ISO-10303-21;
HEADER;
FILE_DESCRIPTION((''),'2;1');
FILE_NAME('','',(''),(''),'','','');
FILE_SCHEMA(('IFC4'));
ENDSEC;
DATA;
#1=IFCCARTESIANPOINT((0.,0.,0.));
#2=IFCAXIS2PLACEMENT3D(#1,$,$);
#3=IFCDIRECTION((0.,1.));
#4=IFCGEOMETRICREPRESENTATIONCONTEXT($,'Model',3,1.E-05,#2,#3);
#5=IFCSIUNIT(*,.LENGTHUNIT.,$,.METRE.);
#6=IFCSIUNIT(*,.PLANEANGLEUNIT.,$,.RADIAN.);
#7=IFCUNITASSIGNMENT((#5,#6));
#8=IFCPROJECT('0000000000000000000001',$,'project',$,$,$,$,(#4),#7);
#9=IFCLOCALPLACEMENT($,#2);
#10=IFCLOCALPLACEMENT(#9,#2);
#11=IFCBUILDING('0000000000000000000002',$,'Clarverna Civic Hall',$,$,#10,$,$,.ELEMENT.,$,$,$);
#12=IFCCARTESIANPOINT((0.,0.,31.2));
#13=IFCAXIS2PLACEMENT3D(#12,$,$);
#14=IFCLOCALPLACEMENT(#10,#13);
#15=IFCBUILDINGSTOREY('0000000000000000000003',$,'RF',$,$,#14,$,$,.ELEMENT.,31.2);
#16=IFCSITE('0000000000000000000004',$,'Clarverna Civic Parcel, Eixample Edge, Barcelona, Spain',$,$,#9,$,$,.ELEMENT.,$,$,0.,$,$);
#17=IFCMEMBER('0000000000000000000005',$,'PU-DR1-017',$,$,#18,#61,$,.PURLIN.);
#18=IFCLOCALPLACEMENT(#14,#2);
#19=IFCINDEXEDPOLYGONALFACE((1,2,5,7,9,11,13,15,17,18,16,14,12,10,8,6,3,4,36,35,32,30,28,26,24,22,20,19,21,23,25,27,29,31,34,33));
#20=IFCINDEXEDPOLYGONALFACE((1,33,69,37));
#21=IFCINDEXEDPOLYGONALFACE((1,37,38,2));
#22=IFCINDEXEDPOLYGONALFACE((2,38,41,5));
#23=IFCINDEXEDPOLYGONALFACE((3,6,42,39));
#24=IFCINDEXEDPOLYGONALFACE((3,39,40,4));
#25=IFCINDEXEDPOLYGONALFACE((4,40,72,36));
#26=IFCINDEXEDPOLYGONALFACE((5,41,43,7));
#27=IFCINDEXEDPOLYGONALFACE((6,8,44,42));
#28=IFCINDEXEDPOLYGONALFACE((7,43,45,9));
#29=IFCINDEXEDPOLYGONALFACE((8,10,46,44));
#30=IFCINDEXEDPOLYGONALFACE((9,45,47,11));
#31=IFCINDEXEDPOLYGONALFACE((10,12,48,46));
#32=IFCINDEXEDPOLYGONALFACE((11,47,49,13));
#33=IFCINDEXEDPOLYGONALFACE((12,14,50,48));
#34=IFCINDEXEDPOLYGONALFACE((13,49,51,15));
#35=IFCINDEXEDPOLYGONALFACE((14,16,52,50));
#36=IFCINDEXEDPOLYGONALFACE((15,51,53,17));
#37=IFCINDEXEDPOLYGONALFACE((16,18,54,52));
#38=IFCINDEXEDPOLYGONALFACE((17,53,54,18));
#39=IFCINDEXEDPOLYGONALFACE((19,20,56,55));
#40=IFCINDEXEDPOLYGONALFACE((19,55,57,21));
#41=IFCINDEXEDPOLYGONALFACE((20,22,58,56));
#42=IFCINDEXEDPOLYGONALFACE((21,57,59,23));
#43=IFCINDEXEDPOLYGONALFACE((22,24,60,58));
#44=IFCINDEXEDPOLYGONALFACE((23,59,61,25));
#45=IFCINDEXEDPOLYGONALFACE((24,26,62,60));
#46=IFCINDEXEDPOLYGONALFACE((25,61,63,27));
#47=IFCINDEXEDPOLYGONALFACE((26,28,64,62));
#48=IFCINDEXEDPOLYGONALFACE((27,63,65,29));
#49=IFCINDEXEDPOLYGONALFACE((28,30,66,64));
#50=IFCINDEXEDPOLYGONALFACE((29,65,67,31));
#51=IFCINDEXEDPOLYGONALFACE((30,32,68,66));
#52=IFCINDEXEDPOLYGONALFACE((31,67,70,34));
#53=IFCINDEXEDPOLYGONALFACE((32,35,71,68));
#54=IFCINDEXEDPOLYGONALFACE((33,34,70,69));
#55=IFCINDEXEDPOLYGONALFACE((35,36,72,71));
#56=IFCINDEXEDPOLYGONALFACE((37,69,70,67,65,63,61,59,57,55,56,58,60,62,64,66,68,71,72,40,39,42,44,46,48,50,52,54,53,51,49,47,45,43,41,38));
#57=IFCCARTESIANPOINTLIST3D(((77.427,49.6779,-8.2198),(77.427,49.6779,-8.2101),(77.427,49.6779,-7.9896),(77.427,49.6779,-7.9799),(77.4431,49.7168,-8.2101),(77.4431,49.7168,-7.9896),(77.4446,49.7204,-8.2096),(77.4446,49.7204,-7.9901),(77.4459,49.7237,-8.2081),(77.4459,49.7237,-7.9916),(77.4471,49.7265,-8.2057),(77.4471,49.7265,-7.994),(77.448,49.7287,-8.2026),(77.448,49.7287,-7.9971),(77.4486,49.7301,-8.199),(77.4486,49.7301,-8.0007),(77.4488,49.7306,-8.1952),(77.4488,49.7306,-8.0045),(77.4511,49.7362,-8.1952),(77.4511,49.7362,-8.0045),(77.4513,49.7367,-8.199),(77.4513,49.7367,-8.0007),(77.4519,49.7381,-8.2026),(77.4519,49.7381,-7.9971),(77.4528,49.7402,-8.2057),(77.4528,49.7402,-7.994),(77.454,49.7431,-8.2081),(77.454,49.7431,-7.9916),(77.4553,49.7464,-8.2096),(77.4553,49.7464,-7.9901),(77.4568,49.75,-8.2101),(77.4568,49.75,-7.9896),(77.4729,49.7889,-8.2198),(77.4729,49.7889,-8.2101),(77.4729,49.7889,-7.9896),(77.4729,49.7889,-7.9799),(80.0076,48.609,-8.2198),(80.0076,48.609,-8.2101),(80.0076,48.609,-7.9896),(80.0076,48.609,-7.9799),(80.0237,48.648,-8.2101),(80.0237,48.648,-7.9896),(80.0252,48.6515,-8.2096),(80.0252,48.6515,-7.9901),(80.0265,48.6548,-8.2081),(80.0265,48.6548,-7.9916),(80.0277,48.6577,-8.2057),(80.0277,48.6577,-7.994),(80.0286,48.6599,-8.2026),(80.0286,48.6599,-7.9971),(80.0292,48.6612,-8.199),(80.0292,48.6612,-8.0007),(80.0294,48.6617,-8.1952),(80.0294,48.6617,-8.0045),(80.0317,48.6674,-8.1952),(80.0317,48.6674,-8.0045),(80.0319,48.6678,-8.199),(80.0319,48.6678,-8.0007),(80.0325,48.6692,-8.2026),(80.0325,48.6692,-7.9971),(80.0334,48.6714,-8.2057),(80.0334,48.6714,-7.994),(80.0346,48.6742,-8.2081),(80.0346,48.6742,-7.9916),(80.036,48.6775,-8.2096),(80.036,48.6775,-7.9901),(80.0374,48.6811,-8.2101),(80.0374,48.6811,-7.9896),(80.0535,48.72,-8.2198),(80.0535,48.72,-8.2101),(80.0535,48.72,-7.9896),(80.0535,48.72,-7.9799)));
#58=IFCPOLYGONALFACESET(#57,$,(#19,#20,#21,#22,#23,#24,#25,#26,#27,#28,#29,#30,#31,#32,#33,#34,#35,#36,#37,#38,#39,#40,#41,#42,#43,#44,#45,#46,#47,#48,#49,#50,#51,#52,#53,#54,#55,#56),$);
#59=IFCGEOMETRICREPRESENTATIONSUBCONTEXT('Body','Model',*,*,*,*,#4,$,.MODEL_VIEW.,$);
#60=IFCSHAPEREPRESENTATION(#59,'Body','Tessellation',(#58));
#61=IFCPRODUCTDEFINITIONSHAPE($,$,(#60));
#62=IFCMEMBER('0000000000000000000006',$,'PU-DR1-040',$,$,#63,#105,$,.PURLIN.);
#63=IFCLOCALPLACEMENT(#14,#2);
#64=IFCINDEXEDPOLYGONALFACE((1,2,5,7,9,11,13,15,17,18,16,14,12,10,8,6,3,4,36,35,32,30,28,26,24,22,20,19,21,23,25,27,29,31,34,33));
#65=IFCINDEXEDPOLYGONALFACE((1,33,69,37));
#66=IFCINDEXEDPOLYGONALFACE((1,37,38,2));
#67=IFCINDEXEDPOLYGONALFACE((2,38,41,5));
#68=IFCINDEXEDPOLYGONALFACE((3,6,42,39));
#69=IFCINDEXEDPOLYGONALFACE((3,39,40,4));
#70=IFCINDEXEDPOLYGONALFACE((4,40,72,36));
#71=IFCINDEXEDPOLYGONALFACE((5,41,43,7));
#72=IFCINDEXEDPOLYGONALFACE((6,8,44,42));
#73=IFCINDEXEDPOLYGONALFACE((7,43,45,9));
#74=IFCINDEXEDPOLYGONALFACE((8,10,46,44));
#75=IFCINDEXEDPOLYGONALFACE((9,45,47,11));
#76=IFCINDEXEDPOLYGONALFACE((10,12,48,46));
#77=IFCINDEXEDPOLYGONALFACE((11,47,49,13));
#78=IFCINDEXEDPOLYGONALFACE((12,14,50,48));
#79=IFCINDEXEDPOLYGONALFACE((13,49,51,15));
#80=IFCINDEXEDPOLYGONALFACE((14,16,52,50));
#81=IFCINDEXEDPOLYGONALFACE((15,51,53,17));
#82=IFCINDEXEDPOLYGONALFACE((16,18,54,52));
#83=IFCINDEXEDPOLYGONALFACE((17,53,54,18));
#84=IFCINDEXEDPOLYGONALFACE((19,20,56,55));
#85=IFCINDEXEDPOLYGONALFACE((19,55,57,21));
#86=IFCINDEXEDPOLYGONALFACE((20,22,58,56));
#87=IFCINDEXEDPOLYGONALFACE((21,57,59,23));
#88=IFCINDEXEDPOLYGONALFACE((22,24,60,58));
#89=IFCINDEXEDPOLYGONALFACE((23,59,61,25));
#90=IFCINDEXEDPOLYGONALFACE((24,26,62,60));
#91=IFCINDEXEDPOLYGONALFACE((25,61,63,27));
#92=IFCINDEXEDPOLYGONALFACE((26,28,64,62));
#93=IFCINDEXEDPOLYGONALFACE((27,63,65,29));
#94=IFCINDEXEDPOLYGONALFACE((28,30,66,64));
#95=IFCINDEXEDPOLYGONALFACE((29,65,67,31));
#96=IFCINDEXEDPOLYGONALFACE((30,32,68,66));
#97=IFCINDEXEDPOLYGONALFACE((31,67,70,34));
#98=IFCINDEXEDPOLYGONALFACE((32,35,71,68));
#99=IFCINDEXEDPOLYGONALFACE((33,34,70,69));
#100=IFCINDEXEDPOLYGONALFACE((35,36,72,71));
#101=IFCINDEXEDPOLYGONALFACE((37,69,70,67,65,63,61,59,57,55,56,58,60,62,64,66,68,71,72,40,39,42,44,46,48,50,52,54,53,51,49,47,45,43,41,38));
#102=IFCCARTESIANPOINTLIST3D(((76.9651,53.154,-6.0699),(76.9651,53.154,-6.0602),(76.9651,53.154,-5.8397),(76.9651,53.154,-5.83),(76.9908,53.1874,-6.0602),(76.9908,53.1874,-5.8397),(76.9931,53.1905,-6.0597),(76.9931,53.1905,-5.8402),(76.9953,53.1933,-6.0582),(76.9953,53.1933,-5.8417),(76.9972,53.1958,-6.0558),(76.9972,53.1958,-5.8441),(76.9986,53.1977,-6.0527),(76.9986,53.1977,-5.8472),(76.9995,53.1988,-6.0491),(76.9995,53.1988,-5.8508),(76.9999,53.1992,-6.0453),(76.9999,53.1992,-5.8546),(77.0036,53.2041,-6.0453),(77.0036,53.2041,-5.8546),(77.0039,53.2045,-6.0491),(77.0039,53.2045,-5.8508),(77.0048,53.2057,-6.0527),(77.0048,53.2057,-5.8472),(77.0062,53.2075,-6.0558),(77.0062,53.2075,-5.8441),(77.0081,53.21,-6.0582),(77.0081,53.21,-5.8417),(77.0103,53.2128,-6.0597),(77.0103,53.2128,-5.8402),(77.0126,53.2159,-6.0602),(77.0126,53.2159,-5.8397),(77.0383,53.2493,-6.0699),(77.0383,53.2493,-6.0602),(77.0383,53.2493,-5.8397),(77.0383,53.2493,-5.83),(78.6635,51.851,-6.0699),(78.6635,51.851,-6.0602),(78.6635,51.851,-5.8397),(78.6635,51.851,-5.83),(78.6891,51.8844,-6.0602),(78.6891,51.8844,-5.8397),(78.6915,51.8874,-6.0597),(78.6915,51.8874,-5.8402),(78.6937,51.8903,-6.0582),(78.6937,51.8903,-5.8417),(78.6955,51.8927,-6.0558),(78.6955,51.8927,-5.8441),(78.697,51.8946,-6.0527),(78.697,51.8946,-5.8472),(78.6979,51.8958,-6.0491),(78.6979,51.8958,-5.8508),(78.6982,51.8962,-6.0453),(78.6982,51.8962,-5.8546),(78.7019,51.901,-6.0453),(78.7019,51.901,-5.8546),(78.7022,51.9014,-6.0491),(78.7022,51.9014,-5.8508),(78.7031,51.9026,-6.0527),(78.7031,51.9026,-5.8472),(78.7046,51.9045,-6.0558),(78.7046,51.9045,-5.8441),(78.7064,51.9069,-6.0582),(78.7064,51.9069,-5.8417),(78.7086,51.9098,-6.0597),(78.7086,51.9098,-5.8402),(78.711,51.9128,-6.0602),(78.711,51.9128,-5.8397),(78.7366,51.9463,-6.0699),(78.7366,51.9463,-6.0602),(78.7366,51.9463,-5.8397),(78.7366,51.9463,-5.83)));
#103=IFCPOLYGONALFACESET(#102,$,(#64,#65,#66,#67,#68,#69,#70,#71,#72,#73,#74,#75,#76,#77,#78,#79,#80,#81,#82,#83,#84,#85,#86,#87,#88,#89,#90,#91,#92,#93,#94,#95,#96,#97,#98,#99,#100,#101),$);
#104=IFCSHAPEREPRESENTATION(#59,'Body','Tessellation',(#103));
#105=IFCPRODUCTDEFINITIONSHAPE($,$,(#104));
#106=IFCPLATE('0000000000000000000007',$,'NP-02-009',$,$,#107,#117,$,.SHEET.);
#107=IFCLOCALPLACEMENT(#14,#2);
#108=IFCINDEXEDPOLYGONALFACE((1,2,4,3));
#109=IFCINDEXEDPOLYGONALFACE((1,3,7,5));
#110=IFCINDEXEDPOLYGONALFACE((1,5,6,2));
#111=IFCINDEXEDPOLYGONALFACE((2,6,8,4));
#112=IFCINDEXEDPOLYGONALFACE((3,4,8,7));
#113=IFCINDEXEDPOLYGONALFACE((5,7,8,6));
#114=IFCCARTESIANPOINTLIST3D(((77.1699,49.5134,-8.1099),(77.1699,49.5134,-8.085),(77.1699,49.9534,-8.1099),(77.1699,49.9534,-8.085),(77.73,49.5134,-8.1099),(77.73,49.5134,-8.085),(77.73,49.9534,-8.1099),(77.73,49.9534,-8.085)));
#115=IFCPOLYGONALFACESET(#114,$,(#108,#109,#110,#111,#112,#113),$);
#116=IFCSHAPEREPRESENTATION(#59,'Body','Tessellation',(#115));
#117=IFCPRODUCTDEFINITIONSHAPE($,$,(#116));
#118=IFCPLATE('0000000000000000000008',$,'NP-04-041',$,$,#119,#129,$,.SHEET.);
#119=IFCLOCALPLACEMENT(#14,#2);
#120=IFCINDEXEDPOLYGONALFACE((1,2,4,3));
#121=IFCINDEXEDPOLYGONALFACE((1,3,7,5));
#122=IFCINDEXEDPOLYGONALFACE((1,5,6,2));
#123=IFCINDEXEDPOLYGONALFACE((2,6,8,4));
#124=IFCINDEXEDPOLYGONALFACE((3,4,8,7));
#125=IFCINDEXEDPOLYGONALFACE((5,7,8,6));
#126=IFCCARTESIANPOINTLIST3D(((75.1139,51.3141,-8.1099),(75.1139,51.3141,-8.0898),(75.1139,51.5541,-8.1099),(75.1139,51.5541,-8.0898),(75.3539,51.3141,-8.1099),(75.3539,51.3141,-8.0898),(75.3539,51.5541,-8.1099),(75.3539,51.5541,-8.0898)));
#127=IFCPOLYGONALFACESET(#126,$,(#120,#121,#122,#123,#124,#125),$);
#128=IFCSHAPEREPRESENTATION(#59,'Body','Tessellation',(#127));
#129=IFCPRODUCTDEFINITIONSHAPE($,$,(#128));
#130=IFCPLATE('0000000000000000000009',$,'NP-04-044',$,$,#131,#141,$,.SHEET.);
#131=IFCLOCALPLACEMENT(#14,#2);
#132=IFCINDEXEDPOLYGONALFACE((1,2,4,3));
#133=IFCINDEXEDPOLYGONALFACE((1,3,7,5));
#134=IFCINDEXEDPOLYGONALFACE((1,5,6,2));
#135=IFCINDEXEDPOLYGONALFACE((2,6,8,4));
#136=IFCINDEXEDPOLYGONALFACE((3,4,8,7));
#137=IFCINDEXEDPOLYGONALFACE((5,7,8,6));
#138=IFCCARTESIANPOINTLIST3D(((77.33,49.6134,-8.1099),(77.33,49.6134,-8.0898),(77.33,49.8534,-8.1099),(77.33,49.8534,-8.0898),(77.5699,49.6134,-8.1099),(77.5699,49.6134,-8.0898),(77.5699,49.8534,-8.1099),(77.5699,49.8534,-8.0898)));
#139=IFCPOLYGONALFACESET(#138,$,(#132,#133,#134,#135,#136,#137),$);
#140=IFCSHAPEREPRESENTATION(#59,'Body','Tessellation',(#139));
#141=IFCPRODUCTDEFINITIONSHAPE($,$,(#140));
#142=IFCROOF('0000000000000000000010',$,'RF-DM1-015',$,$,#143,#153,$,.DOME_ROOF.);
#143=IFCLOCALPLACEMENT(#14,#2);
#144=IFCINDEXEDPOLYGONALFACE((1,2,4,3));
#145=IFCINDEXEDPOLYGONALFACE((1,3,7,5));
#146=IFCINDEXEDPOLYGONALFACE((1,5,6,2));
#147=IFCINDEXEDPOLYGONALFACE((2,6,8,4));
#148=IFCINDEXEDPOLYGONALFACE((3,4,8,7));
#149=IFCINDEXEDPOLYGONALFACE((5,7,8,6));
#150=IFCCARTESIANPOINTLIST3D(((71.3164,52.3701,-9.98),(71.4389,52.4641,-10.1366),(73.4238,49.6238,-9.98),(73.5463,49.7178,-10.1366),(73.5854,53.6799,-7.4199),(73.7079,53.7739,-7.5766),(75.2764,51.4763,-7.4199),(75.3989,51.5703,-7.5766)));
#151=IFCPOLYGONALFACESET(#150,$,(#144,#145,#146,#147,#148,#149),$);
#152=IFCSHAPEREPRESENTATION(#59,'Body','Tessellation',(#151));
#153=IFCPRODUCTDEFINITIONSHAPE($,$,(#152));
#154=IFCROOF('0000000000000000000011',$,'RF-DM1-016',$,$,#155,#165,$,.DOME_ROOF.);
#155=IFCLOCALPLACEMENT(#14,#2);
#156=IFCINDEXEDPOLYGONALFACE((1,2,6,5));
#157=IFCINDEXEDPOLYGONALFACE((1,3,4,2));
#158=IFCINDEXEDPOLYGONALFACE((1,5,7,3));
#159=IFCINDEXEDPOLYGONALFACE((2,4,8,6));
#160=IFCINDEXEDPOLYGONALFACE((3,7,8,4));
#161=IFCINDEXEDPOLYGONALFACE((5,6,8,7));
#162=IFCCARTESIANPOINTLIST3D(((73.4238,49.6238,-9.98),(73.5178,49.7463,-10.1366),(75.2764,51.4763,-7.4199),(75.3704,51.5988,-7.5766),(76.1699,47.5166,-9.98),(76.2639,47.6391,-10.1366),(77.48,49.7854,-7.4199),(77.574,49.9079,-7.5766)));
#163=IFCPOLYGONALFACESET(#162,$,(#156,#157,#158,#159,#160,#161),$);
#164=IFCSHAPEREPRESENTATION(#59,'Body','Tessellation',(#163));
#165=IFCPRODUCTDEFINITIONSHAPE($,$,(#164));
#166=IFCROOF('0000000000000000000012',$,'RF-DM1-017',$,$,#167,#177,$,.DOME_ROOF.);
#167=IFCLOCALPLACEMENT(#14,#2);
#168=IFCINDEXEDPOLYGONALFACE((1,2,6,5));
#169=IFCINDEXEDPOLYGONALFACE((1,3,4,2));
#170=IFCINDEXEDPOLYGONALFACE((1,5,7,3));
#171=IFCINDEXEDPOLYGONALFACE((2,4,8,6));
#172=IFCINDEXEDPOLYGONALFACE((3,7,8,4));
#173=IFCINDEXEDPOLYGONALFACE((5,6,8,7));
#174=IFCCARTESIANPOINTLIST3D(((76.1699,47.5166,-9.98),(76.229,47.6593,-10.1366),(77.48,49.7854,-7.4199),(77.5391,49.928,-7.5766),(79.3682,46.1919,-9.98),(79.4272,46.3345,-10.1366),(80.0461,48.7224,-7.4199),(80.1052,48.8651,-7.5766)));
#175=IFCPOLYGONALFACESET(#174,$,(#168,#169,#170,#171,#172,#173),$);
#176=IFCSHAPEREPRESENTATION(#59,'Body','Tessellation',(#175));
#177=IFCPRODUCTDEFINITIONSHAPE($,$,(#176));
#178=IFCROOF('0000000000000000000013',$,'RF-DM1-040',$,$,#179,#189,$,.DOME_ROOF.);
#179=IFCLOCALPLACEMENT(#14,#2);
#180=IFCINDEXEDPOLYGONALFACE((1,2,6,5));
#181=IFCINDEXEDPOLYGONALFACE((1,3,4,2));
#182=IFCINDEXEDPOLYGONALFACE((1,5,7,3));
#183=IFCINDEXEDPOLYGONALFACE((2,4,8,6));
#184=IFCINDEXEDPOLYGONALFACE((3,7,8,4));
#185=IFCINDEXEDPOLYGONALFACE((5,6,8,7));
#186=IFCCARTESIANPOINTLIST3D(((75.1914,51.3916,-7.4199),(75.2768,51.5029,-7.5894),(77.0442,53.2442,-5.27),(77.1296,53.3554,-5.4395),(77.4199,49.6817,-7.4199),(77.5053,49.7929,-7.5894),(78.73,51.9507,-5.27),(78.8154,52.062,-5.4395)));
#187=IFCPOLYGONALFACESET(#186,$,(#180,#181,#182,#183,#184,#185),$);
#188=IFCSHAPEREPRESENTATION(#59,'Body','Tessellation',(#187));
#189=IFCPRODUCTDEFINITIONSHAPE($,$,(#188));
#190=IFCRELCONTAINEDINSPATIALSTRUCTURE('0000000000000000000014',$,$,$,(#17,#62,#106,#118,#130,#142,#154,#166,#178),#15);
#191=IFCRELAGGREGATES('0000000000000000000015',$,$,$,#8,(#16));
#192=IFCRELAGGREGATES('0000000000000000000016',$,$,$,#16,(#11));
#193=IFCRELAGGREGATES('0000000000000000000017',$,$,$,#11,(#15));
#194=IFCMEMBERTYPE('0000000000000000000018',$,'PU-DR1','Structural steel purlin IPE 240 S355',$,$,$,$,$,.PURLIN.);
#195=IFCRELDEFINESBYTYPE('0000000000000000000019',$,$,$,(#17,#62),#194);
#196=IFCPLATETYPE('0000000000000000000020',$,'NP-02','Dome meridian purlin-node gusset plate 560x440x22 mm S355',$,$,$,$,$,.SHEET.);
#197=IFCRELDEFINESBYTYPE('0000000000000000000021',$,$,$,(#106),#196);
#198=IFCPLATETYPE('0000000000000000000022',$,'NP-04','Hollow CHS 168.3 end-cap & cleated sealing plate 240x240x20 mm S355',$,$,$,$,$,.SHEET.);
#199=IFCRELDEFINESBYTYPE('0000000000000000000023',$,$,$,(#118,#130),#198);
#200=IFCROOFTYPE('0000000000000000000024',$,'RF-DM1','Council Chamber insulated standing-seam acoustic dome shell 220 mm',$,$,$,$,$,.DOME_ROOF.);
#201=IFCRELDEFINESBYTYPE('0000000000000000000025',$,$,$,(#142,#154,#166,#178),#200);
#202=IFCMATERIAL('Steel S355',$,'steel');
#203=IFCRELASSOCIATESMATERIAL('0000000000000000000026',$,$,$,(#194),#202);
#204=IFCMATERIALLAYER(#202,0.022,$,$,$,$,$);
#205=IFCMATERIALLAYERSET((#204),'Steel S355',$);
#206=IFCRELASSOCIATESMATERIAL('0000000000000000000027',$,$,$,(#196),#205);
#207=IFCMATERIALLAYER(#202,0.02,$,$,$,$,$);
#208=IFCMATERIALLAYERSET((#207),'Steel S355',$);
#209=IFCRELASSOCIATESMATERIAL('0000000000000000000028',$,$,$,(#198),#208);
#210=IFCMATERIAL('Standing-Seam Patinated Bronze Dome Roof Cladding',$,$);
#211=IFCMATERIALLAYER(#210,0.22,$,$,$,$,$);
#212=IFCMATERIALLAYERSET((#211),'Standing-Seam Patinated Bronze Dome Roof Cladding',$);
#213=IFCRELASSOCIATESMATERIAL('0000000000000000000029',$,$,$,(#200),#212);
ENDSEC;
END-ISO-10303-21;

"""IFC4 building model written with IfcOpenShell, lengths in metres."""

from ifc_helpers import new_model, si_unit, direction, frame, origin, origin_2d, place, context, subcontext, project, spatial, polyline, rectangle, i_section, outline, extrude, material, layer, layer_set, material_profile, profile_set, type_object, element, save


model = new_model("IFC4")

# Units and contexts
model_context = context("Model", 3, precision=1e-05, world=origin(), true_north=direction((0.0, 1.0)))
body_context = subcontext(model_context, "Body", "Model", "MODEL_VIEW")
ifc_project = project(units=[si_unit("LENGTHUNIT", "METRE"), si_unit("PLANEANGLEUNIT", "RADIAN")], contexts=[model_context])

# Site, building, storey
site_placement = place(None, origin())
site = spatial("IfcSite", under=ifc_project, at=site_placement, Name="Clarverna Civic Parcel, Eixample Edge, Barcelona, Spain", CompositionType="ELEMENT", RefElevation=0.0)
building_placement = place(site_placement, origin())
building = spatial("IfcBuilding", under=site, at=building_placement, Name="Clarverna Civic Hall", CompositionType="ELEMENT")
storey_placement = place(building_placement, frame((0.0, 0.0, 31.2)))
storey = spatial("IfcBuildingStorey", under=building, at=storey_placement, Name="RF", CompositionType="ELEMENT", Elevation=31.2)

# Members
ifc_material_1 = material(Name="Steel S355", Category="steel")
ifc_material_profile_1 = material_profile(ifc_material_1, i_section(OverallWidth=0.1201, OverallDepth=0.24, WebThickness=0.0061, FlangeThickness=0.0098, FilletRadius=0.0149, at=origin_2d()), Name="IPE 240")
ifc_profile_set_1 = profile_set([ifc_material_profile_1], Name="Steel S355")
member_type_1 = type_object("IfcMemberType", Name="PU-DR1", Description="Structural steel purlin IPE 240 S355", PredefinedType="PURLIN", material=ifc_profile_set_1)
member_1_placement = place(storey_placement, frame((77.45, 49.7334, -8.0999), z_axis=(0.923887, -0.382666, 0.0), x_axis=(0.382666, 0.923887, 0.0)))
element("IfcMember", 1, at=member_1_placement, inside=storey, type_object=member_type_1, Name="PU-DR1-017", PredefinedType="PURLIN", context=body_context, shape_type="SweptSolid", body=[
    extrude(i_section(OverallWidth=0.1201, OverallDepth=0.24, WebThickness=0.0061, FlangeThickness=0.0098, FilletRadius=0.0149, at=origin_2d()), origin(), (0.0, 0.0, 1.0), 2.7932),
])
member_2_placement = place(storey_placement, frame((77.0017, 53.2017, -5.95), z_axis=(0.793382, -0.608724, 0.0), x_axis=(0.608724, 0.793382, 0.0)))
element("IfcMember", 2, at=member_2_placement, inside=storey, type_object=member_type_1, Name="PU-DR1-040", PredefinedType="PURLIN", context=body_context, shape_type="SweptSolid", body=[
    extrude(i_section(OverallWidth=0.1201, OverallDepth=0.24, WebThickness=0.0061, FlangeThickness=0.0098, FilletRadius=0.0149, at=origin_2d()), origin(), (0.0, 0.0, 1.0), 2.1406),
])

# Plates
ifc_layer_1 = layer(ifc_material_1, 0.022)
ifc_layer_set_1 = layer_set([ifc_layer_1], Name="Steel S355")
plate_type_1 = type_object("IfcPlateType", Name="NP-02", Description="Dome meridian purlin-node gusset plate 560x440x22 mm S355", PredefinedType="SHEET", material=ifc_layer_set_1)
plate_placement = place(storey_placement, frame((77.45, 49.7334, -8.1099), z_axis=(0.0, 0.0, 1.0), x_axis=(1.0, 0.0, 0.0)))
element("IfcPlate", 3, at=plate_placement, inside=storey, type_object=plate_type_1, Name="NP-02-009", PredefinedType="SHEET", context=body_context, shape_type="SweptSolid", body=[
    extrude(rectangle(XDim=0.5601, YDim=0.4399, at=origin_2d()), origin(), (0.0, 0.0, 1.0), 0.0249),
])
ifc_layer_2 = layer(ifc_material_1, 0.02)
ifc_layer_set_2 = layer_set([ifc_layer_2], Name="Steel S355")
plate_type_2 = type_object("IfcPlateType", Name="NP-04", Description="Hollow CHS 168.3 end-cap & cleated sealing plate 240x240x20 mm S355", PredefinedType="SHEET", material=ifc_layer_set_2)
for number, where, z_axis, x_axis, name in (
    (4, (75.2339, 51.4341, -8.1099), (0.0, 0.0, 1.0), (1.0, 0.0, 0.0), "NP-04-041"),
    (5, (77.45, 49.7334, -8.1099), (0.0, 0.0, 1.0), (1.0, 0.0, 0.0), "NP-04-044"),
):
    element("IfcPlate", number, at=place(storey_placement, frame(where, z_axis=z_axis, x_axis=x_axis)), inside=storey, type_object=plate_type_2, Name=name, PredefinedType="SHEET", context=body_context, shape_type="SweptSolid", body=[
        extrude(rectangle(XDim=0.24, YDim=0.24, at=origin_2d()), origin(), (0.0, 0.0, 1.0), 0.02),
    ])

# Roofs
ifc_material_2 = material(Name="Standing-Seam Patinated Bronze Dome Roof Cladding")
ifc_layer_3 = layer(ifc_material_2, 0.22)
ifc_layer_set_3 = layer_set([ifc_layer_3], Name="Standing-Seam Patinated Bronze Dome Roof Cladding")
roof_type = type_object("IfcRoofType", Name="RF-DM1", Description="Council Chamber insulated standing-seam acoustic dome shell 220 mm", PredefinedType="DOME_ROOF", material=ifc_layer_set_3)
roof_1_placement = place(storey_placement, frame((71.3164, 52.3701, -9.98), z_axis=(-0.556893, -0.427331, 0.712221), x_axis=(0.608774, -0.793343, 0.000003)))
element("IfcRoof", 6, at=roof_1_placement, inside=storey, type_object=roof_type, Name="RF-DM1-015", PredefinedType="DOME_ROOF", context=body_context, shape_type="SweptSolid", body=[
    extrude(outline(polyline([(0.0, 0.0), (3.4617, 0.0), (3.1198, 3.647), (0.3422, 3.647), (0.0, 0.0)])), origin(), (0.0, 0.0, -1.0), 0.22),
])
roof_2_placement = place(storey_placement, frame((73.4238, 49.6238, -9.98), z_axis=(-0.427329, -0.556899, 0.712218), x_axis=(0.79335, -0.608766, 0.0)))
element("IfcRoof", 7, at=roof_2_placement, inside=storey, type_object=roof_type, Name="RF-DM1-016", PredefinedType="DOME_ROOF", context=body_context, shape_type="SweptSolid", body=[
    extrude(outline(polyline([(0.0, 0.0), (3.4614, 0.0), (3.1196, 3.647), (0.3419, 3.647), (0.0, 0.0)])), origin(), (0.0, 0.0, -1.0), 0.22),
])
roof_3_placement = place(storey_placement, frame((76.1699, 47.5166, -9.98), z_axis=(-0.268632, -0.648536, 0.712206), x_axis=(0.923882, -0.382677, 0.000007)))
element("IfcRoof", 8, at=roof_3_placement, inside=storey, type_object=roof_type, Name="RF-DM1-017", PredefinedType="DOME_ROOF", context=body_context, shape_type="SweptSolid", body=[
    extrude(outline(polyline([(0.0, 0.0), (3.4617, 0.0), (3.1198, 3.6469), (0.3421, 3.647), (0.0, 0.0)])), origin(), (0.0, 0.0, -1.0), 0.22),
])
roof_4_placement = place(storey_placement, frame((75.1914, 51.3916, -7.4199), z_axis=(-0.388129, -0.505843, 0.770376), x_axis=(0.793363, -0.608749, -0.000005)))
element("IfcRoof", 9, at=roof_4_placement, inside=storey, type_object=roof_type, Name="RF-DM1-040", PredefinedType="DOME_ROOF", context=body_context, shape_type="SweptSolid", body=[
    extrude(outline(polyline([(0.0, 0.0), (2.809, 0.0), (2.467, 3.3719), (0.3422, 3.3719), (0.0, 0.0)])), origin(), (0.0, 0.0, -1.0), 0.22),
])

save(model, "model.ifc")
